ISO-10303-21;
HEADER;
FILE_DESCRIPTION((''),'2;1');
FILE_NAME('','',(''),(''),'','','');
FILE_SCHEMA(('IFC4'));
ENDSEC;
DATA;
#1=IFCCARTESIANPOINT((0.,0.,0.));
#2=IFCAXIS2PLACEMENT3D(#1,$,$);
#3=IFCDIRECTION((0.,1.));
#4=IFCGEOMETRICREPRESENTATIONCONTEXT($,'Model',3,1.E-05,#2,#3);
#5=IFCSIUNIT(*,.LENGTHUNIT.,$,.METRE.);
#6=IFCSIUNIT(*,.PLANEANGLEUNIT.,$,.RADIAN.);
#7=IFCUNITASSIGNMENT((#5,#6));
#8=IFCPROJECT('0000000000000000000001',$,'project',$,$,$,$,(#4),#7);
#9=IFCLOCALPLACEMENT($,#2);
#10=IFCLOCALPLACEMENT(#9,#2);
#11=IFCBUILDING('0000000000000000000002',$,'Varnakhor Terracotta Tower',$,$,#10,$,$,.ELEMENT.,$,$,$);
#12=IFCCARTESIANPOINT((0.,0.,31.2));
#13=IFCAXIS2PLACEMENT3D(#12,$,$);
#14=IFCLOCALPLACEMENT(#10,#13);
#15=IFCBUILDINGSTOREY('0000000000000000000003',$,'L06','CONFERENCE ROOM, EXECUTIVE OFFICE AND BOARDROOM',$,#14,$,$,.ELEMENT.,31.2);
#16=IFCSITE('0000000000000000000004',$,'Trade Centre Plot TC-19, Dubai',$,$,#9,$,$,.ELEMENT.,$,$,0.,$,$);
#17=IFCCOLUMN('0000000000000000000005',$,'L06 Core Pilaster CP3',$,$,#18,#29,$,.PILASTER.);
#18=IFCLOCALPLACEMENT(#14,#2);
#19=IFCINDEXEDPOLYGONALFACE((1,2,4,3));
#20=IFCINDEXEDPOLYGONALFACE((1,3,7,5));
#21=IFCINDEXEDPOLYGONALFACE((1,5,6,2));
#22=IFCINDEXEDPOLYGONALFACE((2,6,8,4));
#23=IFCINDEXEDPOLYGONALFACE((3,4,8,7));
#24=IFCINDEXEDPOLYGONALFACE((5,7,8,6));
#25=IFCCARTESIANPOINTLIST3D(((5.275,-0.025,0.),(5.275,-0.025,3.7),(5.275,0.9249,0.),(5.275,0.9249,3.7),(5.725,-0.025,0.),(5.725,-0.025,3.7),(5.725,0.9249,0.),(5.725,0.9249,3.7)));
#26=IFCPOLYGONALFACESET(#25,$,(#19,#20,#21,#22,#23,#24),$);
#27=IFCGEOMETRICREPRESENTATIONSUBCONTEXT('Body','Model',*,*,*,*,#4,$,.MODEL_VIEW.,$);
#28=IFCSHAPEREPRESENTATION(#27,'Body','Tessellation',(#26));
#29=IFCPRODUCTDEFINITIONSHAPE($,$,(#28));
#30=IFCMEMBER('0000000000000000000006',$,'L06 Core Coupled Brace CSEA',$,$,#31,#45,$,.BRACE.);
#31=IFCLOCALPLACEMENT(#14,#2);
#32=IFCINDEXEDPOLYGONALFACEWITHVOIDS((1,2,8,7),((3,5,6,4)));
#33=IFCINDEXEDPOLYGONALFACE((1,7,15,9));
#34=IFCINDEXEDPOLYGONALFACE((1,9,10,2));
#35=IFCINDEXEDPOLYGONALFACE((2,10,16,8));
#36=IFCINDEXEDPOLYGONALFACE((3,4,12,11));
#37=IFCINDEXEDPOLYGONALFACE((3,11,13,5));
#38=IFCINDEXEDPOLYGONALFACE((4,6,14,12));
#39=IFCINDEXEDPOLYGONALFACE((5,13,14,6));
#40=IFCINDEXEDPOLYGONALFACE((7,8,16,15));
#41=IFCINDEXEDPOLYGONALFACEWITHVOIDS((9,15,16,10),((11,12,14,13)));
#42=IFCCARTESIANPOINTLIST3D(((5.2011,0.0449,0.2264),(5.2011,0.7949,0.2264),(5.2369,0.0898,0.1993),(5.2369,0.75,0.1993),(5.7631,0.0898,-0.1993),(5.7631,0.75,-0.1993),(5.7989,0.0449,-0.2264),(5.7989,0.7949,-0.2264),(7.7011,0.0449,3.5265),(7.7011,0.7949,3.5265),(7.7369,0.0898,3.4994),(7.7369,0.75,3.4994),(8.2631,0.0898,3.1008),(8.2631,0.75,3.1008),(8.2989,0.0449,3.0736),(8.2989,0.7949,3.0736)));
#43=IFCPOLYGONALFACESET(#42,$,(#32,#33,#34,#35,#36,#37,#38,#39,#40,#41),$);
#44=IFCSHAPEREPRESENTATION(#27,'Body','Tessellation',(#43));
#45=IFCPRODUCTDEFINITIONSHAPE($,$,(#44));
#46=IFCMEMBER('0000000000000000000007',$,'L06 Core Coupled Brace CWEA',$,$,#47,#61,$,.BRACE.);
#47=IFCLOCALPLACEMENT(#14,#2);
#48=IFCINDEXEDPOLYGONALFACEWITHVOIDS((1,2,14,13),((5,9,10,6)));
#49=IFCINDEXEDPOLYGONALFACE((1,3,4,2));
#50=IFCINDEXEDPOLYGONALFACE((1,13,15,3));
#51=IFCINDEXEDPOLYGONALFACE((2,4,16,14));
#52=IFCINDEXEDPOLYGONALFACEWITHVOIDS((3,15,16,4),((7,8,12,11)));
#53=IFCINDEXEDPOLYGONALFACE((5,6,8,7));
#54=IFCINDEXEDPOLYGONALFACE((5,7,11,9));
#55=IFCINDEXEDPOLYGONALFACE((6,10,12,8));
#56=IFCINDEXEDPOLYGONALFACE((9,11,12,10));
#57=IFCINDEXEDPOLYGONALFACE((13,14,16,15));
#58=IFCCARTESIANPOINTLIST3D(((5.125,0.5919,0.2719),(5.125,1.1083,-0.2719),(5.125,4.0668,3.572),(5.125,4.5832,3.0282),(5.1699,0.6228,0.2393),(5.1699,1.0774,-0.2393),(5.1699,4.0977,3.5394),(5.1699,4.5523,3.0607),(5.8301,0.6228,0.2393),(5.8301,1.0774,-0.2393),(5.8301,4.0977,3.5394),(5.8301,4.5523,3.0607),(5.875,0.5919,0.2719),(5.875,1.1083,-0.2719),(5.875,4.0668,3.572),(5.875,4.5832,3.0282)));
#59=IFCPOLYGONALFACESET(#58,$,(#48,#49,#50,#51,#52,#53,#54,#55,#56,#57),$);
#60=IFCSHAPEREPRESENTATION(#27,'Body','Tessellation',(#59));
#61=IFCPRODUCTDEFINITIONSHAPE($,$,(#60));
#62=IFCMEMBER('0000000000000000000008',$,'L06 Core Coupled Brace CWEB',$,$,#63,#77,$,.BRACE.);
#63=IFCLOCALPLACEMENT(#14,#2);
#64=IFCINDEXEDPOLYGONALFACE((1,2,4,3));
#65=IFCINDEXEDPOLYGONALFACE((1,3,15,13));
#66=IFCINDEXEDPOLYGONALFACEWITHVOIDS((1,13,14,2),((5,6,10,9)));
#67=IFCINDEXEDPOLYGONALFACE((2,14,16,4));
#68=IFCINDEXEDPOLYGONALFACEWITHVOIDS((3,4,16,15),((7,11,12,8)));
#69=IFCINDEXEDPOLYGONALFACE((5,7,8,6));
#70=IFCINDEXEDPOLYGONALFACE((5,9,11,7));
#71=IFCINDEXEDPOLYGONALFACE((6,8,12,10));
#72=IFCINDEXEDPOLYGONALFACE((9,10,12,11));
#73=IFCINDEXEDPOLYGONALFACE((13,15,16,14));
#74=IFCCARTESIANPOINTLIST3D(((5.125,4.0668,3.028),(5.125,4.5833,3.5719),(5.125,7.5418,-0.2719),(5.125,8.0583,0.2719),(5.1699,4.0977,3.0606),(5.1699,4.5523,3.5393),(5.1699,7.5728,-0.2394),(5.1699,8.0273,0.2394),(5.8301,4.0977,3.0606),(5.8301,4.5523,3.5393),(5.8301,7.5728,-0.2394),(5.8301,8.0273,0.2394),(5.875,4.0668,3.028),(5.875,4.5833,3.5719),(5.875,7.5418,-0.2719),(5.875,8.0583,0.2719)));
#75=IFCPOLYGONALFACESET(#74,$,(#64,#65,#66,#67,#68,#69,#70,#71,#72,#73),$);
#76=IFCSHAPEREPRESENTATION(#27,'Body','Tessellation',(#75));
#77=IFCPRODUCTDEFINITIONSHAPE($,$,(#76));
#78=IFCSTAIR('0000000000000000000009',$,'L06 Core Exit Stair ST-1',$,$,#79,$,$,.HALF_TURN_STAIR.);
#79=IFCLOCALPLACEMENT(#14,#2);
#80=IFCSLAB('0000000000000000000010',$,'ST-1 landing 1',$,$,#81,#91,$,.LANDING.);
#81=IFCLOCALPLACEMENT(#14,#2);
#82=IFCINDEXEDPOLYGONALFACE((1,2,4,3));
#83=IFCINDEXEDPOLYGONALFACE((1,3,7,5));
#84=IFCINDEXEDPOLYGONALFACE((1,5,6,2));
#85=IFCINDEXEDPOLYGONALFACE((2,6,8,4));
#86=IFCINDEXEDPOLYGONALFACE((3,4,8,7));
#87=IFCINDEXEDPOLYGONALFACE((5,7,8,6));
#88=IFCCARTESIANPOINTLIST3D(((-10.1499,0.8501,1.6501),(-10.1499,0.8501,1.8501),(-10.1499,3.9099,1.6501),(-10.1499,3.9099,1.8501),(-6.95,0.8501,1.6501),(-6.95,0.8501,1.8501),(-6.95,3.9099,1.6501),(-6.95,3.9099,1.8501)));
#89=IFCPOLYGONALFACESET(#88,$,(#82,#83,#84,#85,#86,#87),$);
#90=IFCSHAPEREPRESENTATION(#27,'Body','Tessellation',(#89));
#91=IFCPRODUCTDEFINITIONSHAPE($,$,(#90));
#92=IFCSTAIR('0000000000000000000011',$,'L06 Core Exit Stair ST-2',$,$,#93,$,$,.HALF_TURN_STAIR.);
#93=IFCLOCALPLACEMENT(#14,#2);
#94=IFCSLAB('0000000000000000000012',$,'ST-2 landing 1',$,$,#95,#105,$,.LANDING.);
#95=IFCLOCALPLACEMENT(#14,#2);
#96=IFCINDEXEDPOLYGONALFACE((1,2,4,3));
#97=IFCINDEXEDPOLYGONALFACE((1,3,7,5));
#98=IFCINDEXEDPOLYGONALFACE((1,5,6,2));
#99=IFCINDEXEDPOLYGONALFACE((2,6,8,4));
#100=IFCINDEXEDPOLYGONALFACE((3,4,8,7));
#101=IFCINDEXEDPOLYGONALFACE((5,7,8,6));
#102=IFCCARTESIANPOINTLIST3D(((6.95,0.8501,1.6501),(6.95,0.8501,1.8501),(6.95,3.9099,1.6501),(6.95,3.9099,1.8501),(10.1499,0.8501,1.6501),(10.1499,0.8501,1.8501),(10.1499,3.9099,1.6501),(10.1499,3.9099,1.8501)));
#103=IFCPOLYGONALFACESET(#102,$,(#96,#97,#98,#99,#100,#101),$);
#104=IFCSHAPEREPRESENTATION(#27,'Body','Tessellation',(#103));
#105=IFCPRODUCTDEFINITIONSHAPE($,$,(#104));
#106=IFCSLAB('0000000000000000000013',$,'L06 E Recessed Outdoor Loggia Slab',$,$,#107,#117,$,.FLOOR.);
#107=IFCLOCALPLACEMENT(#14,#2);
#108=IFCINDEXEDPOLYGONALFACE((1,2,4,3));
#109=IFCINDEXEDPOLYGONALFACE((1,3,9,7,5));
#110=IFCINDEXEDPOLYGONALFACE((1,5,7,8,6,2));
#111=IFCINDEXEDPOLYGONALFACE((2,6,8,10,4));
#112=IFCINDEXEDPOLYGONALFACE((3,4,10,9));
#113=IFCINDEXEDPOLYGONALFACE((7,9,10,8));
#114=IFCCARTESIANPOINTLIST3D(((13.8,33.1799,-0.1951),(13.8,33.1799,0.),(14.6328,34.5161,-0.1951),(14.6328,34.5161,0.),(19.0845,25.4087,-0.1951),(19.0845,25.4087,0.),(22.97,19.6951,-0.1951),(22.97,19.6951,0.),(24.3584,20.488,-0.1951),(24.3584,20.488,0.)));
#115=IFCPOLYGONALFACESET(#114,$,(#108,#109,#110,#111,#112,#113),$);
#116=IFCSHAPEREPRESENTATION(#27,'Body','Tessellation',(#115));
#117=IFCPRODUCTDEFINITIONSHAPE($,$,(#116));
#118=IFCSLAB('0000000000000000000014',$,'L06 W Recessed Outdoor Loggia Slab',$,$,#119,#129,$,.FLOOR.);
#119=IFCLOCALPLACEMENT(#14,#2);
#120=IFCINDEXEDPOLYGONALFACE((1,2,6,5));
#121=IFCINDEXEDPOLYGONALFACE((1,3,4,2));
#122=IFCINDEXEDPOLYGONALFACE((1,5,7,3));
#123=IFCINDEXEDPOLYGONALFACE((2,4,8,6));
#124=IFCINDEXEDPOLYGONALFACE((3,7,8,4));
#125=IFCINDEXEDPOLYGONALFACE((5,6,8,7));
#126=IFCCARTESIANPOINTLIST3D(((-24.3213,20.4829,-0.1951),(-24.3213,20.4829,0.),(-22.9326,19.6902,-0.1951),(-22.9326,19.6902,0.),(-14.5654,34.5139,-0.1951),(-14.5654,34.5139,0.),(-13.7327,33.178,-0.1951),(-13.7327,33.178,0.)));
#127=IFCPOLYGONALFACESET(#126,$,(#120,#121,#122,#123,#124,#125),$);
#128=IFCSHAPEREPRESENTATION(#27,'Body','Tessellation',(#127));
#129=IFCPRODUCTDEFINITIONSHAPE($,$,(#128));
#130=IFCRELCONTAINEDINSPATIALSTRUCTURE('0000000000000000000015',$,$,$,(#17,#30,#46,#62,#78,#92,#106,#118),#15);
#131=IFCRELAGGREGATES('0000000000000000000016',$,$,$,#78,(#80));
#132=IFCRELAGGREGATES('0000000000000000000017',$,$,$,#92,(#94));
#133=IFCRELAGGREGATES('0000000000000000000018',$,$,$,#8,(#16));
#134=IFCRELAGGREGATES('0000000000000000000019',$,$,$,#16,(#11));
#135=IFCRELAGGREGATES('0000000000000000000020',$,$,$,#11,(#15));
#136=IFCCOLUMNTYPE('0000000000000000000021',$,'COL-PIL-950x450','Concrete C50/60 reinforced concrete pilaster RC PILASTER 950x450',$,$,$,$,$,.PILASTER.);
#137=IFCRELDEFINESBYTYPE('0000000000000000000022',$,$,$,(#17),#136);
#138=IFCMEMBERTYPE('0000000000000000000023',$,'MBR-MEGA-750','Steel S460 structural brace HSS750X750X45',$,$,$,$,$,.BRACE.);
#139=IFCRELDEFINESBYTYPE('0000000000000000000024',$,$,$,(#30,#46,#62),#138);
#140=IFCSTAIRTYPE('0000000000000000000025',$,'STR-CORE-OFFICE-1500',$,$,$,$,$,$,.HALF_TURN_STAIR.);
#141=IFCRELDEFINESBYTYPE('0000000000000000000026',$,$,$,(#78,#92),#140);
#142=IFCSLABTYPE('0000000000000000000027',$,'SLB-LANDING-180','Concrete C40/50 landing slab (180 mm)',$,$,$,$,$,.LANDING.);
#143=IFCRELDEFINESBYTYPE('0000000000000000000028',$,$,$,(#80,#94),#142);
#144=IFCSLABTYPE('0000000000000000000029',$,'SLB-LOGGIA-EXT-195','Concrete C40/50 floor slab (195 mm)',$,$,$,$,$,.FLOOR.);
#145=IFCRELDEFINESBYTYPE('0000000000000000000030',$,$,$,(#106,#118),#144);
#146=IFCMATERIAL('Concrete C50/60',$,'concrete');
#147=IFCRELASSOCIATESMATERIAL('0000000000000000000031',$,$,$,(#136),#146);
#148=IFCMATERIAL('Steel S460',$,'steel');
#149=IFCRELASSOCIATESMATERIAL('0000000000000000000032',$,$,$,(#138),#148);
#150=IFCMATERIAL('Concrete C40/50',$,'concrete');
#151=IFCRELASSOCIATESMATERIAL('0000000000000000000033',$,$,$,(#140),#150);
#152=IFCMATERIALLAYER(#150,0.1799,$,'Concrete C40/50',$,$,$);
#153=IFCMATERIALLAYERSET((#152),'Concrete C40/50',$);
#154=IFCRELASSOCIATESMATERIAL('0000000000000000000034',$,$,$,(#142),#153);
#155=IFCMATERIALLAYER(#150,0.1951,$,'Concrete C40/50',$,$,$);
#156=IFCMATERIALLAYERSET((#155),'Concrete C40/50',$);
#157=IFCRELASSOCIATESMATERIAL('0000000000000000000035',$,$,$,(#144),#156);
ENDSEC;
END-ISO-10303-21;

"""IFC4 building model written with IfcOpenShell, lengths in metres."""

from ifc_helpers import new_model, si_unit, direction, frame, origin, origin_2d, place, context, subcontext, project, spatial, polyline, rectangle, hollow_rectangle, outline, extrude, source, transform, mapped, material, layer, layer_set, material_profile, profile_set, type_object, type_shapes, element, aggregate, save


model = new_model("IFC4")

# Units and contexts
model_context = context("Model", 3, precision=1e-05, world=origin(), true_north=direction((0.0, 1.0)))
body_context = subcontext(model_context, "Body", "Model", "MODEL_VIEW")
ifc_project = project(units=[si_unit("LENGTHUNIT", "METRE"), si_unit("PLANEANGLEUNIT", "RADIAN")], contexts=[model_context])

# Site, building, storey
site_placement = place(None, origin())
site = spatial("IfcSite", under=ifc_project, at=site_placement, Name="Trade Centre Plot TC-19, Dubai", CompositionType="ELEMENT", RefElevation=0.0)
building_placement = place(site_placement, origin())
building = spatial("IfcBuilding", under=site, at=building_placement, Name="Varnakhor Terracotta Tower", CompositionType="ELEMENT")
storey_placement = place(building_placement, frame((0.0, 0.0, 31.2)))
storey = spatial("IfcBuildingStorey", under=building, at=storey_placement, Name="L06", Description="CONFERENCE ROOM, EXECUTIVE OFFICE AND BOARDROOM", CompositionType="ELEMENT", Elevation=31.2)

# Column
ifc_material_1 = material(Name="Concrete C50/60", Category="concrete")
ifc_material_profile_1 = material_profile(ifc_material_1, rectangle(XDim=0.45, YDim=0.95, at=origin_2d()), Name="RC PILASTER 950x450")
ifc_profile_set_1 = profile_set([ifc_material_profile_1], Name="Concrete C50/60")
column_type = type_object("IfcColumnType", Name="COL-PIL-950x450", Description="Concrete C50/60 reinforced concrete pilaster RC PILASTER 950x450", PredefinedType="PILASTER", material=ifc_profile_set_1)
shared_shape_1 = source(origin(), body_context, "Body", "SweptSolid", [
    extrude(rectangle(XDim=0.45, YDim=0.95, at=origin_2d()), origin(), (0.0, 0.0, 1.0), 3.7),
])
column_placement = place(storey_placement, frame((5.5, 0.45, 0.0), z_axis=(0.0, 0.0, 1.0), x_axis=(1.0, 0.0, 0.0)))
element("IfcColumn", 1, at=column_placement, inside=storey, type_object=column_type, Name="L06 Core Pilaster CP3", PredefinedType="PILASTER", context=body_context, shape_type="MappedRepresentation", body=[
    mapped(shared_shape_1, transform((0.0, 0.0, 0.0), scale=1.0)),
])

# Members
ifc_material_2 = material(Name="Steel S460", Category="steel")
ifc_material_profile_2 = material_profile(ifc_material_2, hollow_rectangle(XDim=0.75, YDim=0.75, WallThickness=0.0449, at=origin_2d()), Name="HSS750X750X45")
ifc_profile_set_2 = profile_set([ifc_material_profile_2], Name="Steel S460")
member_type = type_object("IfcMemberType", Name="MBR-MEGA-750", Description="Steel S460 structural brace HSS750X750X45", PredefinedType="BRACE", material=ifc_profile_set_2)
shared_shape_2 = source(origin(), body_context, "Body", "SweptSolid", [
    extrude(hollow_rectangle(XDim=0.75, YDim=0.75, WallThickness=0.0449, at=origin_2d()), origin(), (0.0, 0.0, 1.0), 4.1401),
])
type_shapes(member_type, [shared_shape_2])
member_placement = place(storey_placement, frame((5.5, 0.4199, 0.0), z_axis=(0.603852, 0.0, 0.797096), x_axis=(0.0, 1.0, 0.0)))
element("IfcMember", 2, at=member_placement, inside=storey, type_object=member_type, Name="L06 Core Coupled Brace CSEA", PredefinedType="BRACE", context=body_context, shape_type="MappedRepresentation", body=[
    mapped(shared_shape_2, transform((0.0, 0.0, 0.0), scale=1.0)),
])
shared_shape_3 = source(origin(), body_context, "Body", "SweptSolid", [
    extrude(hollow_rectangle(XDim=0.75, YDim=0.75, WallThickness=0.0449, at=origin_2d()), origin(), (0.0, 0.0, 1.0), 4.7922),
])
for number, where, z_axis, x_axis, name in (
    (3, (5.5, 0.8501, 0.0), (0.0, 0.72511, 0.688633), (-1.0, 0.0, 0.0), "L06 Core Coupled Brace CWEA"),
    (4, (5.5, 7.8, 0.0), (0.0, -0.725134, 0.688608), (1.0, 0.0, 0.0), "L06 Core Coupled Brace CWEB"),
):
    element("IfcMember", number, at=place(storey_placement, frame(where, z_axis=z_axis, x_axis=x_axis)), inside=storey, type_object=member_type, Name=name, PredefinedType="BRACE", context=body_context, shape_type="MappedRepresentation", body=[
        mapped(shared_shape_3, transform((0.0, 0.0, 0.0), scale=1.0)),
    ])

# Stairs, slabs
ifc_material_3 = material(Name="Concrete C40/50", Category="concrete")
stair_type = type_object("IfcStairType", Name="STR-CORE-OFFICE-1500", PredefinedType="HALF_TURN_STAIR", material=ifc_material_3)
stair_1_placement = place(storey_placement, origin())
stair_1 = element("IfcStair", 5, at=stair_1_placement, inside=storey, type_object=stair_type, Name="L06 Core Exit Stair ST-1", PredefinedType="HALF_TURN_STAIR")
ifc_layer_1 = layer(ifc_material_3, 0.1799, Name="Concrete C40/50")
ifc_layer_set_1 = layer_set([ifc_layer_1], Name="Concrete C40/50")
slab_type_1 = type_object("IfcSlabType", Name="SLB-LANDING-180", Description="Concrete C40/50 landing slab (180 mm)", PredefinedType="LANDING", material=ifc_layer_set_1)
slab_1_placement = place(storey_placement, frame((0.0, 0.0, 1.6501)))
slab_1 = element("IfcSlab", 6, at=slab_1_placement, type_object=slab_type_1, Name="ST-1 landing 1", PredefinedType="LANDING", context=body_context, shape_type="SweptSolid", body=[
    extrude(outline(polyline([(-10.1499, 3.9099), (-10.1499, 0.8501), (-6.95, 0.8501), (-6.95, 3.9099), (-10.1499, 3.9099)])), origin(), (0.0, 0.0, 1.0), 0.2),
])
aggregate(stair_1, [slab_1])
stair_2_placement = place(storey_placement, origin())
stair_2 = element("IfcStair", 7, at=stair_2_placement, inside=storey, type_object=stair_type, Name="L06 Core Exit Stair ST-2", PredefinedType="HALF_TURN_STAIR")
slab_2_placement = place(storey_placement, frame((0.0, 0.0, 1.6501)))
slab_2 = element("IfcSlab", 8, at=slab_2_placement, type_object=slab_type_1, Name="ST-2 landing 1", PredefinedType="LANDING", context=body_context, shape_type="SweptSolid", body=[
    extrude(outline(polyline([(6.95, 3.9099), (6.95, 0.8501), (10.1499, 0.8501), (10.1499, 3.9099), (6.95, 3.9099)])), origin(), (0.0, 0.0, 1.0), 0.2),
])

# Slabs
ifc_layer_2 = layer(ifc_material_3, 0.1951, Name="Concrete C40/50")
ifc_layer_set_2 = layer_set([ifc_layer_2], Name="Concrete C40/50")
slab_type_2 = type_object("IfcSlabType", Name="SLB-LOGGIA-EXT-195", Description="Concrete C40/50 floor slab (195 mm)", PredefinedType="FLOOR", material=ifc_layer_set_2)
slab_3_placement = place(storey_placement, frame((0.0, 0.0, -0.1951)))
element("IfcSlab", 9, at=slab_3_placement, inside=storey, type_object=slab_type_2, Name="L06 E Recessed Outdoor Loggia Slab", PredefinedType="FLOOR", context=body_context, shape_type="SweptSolid", body=[
    extrude(outline(polyline([(14.6328, 34.5161), (24.3584, 20.488), (22.97, 19.6951), (19.0845, 25.4087), (13.8, 33.1799), (14.6328, 34.5161)])), origin(), (0.0, 0.0, 1.0), 0.1951),
])
slab_4_placement = place(storey_placement, frame((0.0, 0.0, -0.1951)))
element("IfcSlab", 10, at=slab_4_placement, inside=storey, type_object=slab_type_2, Name="L06 W Recessed Outdoor Loggia Slab", PredefinedType="FLOOR", context=body_context, shape_type="SweptSolid", body=[
    extrude(outline(polyline([(-24.3213, 20.4829), (-14.5654, 34.5139), (-13.7327, 33.178), (-22.9326, 19.6902), (-24.3213, 20.4829)])), origin(), (0.0, 0.0, 1.0), 0.1951),
])

aggregate(stair_2, [slab_2])

save(model, "model.ifc")
